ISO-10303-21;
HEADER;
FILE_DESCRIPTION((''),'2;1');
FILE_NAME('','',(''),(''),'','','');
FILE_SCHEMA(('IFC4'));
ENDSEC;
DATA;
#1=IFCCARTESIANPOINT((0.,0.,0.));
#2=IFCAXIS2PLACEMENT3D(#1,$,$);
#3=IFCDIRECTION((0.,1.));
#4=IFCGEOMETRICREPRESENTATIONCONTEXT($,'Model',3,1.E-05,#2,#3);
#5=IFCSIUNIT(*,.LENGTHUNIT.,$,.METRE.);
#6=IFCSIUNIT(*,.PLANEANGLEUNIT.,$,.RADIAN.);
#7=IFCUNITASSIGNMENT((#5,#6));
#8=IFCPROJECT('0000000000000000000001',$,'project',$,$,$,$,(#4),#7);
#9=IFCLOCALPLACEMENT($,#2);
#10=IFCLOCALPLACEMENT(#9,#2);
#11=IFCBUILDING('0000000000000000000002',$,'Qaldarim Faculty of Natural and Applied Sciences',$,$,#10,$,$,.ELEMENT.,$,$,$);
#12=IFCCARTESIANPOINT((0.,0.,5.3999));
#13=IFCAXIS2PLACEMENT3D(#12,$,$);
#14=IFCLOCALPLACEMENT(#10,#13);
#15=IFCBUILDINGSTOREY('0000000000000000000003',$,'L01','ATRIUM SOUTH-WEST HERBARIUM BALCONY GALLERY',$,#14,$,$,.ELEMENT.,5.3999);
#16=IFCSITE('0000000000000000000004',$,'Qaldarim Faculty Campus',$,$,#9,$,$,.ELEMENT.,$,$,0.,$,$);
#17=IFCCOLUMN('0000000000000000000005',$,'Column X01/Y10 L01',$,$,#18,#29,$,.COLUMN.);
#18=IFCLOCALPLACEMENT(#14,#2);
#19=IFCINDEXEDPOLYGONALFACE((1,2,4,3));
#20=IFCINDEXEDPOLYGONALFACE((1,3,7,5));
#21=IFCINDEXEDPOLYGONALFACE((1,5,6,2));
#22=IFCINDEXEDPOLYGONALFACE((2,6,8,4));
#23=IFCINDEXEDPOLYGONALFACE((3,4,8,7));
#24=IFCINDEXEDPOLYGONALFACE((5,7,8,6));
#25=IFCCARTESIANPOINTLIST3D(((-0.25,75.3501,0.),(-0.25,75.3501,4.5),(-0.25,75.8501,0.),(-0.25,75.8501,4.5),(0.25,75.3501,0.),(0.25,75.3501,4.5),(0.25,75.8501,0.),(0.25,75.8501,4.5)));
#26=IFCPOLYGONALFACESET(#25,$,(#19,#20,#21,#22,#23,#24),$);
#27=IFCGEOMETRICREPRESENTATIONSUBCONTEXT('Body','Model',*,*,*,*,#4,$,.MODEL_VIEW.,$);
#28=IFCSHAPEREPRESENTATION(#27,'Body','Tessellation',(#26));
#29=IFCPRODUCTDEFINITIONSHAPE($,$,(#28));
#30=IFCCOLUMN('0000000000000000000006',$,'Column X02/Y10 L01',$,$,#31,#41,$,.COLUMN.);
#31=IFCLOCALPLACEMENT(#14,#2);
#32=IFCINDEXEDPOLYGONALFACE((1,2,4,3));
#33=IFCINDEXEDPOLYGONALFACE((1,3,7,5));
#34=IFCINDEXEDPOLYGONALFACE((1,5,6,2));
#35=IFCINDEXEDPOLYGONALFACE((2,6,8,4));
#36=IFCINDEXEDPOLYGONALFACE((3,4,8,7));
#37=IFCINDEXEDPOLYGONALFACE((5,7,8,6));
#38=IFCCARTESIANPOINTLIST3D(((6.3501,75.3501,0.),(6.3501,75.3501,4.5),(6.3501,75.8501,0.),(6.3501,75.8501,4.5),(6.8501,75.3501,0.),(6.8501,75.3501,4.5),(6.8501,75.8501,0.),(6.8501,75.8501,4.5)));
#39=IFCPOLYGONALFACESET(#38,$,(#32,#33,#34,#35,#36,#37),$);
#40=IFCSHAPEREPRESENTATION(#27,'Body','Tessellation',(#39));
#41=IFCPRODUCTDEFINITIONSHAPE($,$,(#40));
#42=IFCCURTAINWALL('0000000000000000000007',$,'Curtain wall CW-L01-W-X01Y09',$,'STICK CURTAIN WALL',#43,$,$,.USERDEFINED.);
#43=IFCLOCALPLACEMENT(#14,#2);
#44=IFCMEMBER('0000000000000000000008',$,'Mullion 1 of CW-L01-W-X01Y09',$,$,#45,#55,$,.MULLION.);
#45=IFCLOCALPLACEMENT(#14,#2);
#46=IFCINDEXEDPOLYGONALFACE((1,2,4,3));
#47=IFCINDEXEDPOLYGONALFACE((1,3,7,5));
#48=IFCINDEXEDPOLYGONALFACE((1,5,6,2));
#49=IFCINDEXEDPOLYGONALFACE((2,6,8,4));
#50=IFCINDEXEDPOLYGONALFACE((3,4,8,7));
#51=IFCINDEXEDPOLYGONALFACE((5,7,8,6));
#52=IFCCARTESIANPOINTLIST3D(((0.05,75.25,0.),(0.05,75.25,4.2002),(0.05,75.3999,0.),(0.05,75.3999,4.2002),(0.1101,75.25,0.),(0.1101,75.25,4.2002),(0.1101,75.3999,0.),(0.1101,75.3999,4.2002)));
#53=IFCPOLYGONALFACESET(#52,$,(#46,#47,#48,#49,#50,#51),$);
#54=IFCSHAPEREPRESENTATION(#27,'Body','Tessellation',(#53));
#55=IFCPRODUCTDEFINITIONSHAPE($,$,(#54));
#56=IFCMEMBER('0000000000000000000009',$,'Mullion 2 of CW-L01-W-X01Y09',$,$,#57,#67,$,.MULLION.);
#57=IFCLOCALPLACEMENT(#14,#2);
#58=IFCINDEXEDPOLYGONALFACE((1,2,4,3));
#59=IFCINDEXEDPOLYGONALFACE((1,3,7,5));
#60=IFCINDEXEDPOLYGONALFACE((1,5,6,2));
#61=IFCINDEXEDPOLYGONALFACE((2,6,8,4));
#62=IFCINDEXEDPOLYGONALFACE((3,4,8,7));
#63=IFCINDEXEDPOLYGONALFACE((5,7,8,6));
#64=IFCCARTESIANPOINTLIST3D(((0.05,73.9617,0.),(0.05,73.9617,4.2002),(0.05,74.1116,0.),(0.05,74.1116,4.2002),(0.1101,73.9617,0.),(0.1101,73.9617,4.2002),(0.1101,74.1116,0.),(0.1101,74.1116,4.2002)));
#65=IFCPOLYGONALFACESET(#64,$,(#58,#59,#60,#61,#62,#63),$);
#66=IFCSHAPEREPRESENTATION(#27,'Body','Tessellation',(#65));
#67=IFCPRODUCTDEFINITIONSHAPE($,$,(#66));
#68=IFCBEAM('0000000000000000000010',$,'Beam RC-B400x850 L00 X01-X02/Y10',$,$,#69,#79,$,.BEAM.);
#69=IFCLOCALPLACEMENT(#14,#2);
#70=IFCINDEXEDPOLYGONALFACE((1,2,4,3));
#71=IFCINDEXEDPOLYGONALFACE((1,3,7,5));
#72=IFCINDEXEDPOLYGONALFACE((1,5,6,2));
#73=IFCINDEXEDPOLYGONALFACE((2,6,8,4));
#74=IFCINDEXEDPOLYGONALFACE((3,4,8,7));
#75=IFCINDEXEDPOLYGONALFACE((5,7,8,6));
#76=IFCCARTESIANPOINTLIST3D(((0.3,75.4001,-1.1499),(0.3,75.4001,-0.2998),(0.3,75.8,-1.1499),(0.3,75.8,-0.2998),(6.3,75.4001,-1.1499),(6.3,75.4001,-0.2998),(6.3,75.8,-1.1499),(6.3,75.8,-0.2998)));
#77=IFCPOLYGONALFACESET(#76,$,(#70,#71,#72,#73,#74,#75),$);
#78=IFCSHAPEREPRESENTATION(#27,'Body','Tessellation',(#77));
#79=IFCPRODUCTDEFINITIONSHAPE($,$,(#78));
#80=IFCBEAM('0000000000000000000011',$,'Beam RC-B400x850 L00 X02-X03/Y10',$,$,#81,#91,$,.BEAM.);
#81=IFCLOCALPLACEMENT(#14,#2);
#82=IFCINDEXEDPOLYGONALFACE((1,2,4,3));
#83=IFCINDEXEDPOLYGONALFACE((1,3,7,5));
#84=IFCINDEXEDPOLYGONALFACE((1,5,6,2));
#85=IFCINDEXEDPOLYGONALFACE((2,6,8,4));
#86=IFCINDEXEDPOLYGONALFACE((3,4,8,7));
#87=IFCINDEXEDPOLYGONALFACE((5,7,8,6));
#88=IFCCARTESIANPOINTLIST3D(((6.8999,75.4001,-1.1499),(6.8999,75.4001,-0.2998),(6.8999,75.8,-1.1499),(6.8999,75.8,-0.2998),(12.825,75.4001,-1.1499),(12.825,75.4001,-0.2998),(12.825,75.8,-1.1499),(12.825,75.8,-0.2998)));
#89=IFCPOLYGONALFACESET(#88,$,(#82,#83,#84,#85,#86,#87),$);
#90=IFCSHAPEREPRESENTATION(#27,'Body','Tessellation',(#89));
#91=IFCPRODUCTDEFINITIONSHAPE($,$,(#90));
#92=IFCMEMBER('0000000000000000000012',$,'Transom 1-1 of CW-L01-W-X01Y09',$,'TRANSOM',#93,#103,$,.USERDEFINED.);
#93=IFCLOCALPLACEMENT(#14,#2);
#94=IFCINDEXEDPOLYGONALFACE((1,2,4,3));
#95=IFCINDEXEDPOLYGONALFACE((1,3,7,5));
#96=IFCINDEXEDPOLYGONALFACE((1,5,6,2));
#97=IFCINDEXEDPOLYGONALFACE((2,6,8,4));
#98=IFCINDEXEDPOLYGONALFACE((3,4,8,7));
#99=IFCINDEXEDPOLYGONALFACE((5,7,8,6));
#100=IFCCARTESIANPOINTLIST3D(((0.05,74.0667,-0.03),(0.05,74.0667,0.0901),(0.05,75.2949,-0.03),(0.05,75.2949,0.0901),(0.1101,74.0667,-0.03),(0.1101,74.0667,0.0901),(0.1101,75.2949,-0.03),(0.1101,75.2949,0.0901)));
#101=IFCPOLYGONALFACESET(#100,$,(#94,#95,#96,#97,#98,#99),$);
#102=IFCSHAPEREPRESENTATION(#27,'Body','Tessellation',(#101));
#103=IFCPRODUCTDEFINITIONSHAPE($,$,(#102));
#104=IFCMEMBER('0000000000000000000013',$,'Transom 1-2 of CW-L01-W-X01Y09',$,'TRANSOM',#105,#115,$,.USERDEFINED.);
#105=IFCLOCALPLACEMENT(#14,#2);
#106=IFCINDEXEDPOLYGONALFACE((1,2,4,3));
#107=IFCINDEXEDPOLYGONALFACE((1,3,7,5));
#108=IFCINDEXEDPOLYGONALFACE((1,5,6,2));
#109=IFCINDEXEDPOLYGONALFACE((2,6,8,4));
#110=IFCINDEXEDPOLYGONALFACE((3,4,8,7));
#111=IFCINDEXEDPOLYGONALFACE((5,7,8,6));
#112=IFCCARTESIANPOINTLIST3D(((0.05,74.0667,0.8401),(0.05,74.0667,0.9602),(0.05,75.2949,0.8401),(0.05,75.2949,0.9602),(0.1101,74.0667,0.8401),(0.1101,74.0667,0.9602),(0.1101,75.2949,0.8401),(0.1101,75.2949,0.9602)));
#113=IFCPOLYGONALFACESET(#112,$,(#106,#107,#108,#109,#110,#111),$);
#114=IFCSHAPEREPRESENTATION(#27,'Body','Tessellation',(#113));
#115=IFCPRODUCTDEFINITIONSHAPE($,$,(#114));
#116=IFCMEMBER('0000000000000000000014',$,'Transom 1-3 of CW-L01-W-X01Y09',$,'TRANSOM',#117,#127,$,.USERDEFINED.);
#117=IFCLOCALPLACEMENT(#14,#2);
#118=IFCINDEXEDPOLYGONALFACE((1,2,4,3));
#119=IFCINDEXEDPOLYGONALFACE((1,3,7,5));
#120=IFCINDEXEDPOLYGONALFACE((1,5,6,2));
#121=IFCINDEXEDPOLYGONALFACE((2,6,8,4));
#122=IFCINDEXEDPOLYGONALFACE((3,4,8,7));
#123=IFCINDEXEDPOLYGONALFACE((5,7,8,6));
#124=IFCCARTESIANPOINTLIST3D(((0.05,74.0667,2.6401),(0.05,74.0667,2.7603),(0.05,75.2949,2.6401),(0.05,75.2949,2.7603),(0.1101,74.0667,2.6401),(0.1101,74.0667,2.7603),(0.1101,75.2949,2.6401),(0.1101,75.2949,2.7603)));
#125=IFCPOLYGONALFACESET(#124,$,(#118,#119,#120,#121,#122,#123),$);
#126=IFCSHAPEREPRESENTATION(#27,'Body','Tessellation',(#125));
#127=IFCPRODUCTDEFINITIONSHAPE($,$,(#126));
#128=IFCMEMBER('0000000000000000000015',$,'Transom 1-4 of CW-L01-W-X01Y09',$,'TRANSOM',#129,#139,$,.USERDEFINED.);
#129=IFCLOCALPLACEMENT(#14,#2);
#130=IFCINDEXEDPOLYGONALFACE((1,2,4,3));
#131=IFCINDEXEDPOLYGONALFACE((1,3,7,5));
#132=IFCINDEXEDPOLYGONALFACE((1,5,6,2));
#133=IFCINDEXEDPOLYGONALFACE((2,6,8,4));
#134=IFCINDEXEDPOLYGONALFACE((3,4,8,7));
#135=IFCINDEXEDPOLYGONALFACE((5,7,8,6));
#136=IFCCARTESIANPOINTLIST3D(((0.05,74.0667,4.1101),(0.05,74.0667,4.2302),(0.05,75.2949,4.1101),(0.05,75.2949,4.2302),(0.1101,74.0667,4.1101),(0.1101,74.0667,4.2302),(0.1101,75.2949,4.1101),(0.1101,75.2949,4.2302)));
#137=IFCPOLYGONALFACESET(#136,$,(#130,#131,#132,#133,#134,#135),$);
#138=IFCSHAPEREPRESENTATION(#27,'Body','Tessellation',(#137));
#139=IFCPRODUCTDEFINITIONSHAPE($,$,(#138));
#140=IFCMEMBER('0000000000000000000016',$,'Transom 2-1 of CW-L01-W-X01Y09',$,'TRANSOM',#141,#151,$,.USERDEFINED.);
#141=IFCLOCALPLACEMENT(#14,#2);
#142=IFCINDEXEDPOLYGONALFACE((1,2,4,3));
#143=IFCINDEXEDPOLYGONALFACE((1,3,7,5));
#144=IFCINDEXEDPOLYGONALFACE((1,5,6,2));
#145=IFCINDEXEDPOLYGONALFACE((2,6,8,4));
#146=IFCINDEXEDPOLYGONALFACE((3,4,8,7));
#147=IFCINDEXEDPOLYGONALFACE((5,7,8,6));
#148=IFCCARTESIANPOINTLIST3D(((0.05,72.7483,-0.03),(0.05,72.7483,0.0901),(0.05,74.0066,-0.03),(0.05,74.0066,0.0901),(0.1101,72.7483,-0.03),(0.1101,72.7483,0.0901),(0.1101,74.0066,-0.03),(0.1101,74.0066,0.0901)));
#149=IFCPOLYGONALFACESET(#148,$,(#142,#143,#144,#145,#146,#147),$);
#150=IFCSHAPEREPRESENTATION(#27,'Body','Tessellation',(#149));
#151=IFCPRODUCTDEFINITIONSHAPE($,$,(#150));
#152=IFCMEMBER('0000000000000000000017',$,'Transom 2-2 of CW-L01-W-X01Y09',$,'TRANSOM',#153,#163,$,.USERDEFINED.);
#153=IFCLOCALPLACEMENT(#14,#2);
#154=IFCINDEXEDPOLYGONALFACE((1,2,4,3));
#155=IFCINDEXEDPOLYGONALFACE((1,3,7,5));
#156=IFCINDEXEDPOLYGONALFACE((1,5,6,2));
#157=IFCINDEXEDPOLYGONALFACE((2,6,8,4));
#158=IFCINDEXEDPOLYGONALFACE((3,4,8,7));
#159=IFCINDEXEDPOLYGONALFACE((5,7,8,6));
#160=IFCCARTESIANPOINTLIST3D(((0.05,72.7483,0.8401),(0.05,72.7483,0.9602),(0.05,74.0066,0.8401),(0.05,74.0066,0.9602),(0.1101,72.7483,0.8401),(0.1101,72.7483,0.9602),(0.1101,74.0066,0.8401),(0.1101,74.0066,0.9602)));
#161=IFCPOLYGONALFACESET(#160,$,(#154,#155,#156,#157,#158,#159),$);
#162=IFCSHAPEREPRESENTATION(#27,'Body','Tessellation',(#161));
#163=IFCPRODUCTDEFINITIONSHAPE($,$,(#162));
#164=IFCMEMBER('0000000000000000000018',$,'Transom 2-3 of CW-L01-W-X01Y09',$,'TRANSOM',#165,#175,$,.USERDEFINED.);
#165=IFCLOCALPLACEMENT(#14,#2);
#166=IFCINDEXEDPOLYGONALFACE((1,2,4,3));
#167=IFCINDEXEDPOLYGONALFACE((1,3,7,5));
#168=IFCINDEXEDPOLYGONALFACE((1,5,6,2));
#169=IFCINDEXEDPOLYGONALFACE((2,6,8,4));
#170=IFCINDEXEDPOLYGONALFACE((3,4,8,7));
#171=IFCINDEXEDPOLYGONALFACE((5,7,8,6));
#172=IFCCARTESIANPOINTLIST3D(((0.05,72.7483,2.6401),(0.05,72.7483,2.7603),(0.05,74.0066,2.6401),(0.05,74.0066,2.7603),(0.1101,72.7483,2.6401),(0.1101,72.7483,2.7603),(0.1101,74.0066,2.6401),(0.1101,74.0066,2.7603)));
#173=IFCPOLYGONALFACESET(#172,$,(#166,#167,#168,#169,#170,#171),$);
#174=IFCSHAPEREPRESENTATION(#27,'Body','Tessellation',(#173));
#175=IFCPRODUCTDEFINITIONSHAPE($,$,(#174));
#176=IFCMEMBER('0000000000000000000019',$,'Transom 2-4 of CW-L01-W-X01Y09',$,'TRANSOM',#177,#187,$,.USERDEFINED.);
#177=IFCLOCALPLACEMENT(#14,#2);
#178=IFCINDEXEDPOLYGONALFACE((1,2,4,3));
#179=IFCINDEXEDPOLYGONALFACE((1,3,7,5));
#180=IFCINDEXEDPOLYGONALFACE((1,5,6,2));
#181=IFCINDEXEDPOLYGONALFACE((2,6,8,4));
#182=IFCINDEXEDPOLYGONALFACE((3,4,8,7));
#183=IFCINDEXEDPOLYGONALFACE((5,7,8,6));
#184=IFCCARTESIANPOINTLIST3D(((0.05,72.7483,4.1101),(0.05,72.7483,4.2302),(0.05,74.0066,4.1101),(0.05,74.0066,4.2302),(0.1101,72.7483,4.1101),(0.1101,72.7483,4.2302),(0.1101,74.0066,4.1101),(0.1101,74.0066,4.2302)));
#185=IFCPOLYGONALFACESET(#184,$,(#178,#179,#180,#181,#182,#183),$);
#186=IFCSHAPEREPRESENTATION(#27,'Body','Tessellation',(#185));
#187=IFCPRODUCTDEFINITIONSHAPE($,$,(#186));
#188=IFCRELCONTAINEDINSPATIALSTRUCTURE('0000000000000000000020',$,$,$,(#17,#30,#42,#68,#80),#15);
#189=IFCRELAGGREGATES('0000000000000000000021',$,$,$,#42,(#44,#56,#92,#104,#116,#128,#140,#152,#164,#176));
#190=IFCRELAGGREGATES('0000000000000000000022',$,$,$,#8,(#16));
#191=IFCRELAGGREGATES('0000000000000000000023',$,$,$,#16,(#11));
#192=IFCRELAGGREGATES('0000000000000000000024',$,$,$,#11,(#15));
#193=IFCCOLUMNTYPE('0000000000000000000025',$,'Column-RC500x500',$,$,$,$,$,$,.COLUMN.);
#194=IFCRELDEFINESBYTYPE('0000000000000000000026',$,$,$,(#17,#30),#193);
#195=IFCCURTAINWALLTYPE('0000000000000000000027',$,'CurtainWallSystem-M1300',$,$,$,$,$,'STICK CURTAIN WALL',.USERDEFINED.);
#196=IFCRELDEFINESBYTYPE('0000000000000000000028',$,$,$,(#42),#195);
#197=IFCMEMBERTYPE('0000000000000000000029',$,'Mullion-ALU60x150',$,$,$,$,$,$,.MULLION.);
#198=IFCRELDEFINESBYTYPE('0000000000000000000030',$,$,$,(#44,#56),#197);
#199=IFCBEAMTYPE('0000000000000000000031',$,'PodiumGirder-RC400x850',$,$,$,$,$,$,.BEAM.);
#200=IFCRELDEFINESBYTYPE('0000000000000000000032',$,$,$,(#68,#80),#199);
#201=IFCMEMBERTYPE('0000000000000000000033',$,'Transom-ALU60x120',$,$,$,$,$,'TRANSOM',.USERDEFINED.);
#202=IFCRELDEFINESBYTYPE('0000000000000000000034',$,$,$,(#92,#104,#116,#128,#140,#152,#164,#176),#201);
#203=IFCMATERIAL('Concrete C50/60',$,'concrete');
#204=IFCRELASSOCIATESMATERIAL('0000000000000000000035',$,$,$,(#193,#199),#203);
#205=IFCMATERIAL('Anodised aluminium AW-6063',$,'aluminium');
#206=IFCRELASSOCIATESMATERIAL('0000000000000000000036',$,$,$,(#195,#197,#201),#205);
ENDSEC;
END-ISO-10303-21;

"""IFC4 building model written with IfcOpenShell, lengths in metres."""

from ifc_helpers import new_model, si_unit, direction, frame, origin, origin_2d, place, context, subcontext, project, spatial, rectangle, extrude, material, material_profile, profile_set, type_object, element, aggregate, save


model = new_model("IFC4")

# Units and contexts
model_context = context("Model", 3, precision=1e-05, world=origin(), true_north=direction((0.0, 1.0)))
body_context = subcontext(model_context, "Body", "Model", "MODEL_VIEW")
ifc_project = project(units=[si_unit("LENGTHUNIT", "METRE"), si_unit("PLANEANGLEUNIT", "RADIAN")], contexts=[model_context])

# Site, building, storey
site_placement = place(None, origin())
site = spatial("IfcSite", under=ifc_project, at=site_placement, Name="Qaldarim Faculty Campus", CompositionType="ELEMENT", RefElevation=0.0)
building_placement = place(site_placement, origin())
building = spatial("IfcBuilding", under=site, at=building_placement, Name="Qaldarim Faculty of Natural and Applied Sciences", CompositionType="ELEMENT")
storey_placement = place(building_placement, frame((0.0, 0.0, 5.3999)))
storey = spatial("IfcBuildingStorey", under=building, at=storey_placement, Name="L01", Description="ATRIUM SOUTH-WEST HERBARIUM BALCONY GALLERY", CompositionType="ELEMENT", Elevation=5.3999)

# Columns
ifc_material_1 = material(Name="Concrete C50/60", Category="concrete")
ifc_material_profile_1 = material_profile(ifc_material_1, rectangle(XDim=0.5, YDim=0.5, at=origin_2d()), Name="RC-C500x500")
ifc_profile_set_1 = profile_set([ifc_material_profile_1], Name="Concrete C50/60")
column_type = type_object("IfcColumnType", Name="Column-RC500x500", PredefinedType="COLUMN", material=ifc_profile_set_1)
for number, where, z_axis, x_axis, name in (
    (1, (0.0, 75.6001, 0.0), (0.0, 0.0, 1.0), (1.0, 0.0, 0.0), "Column X01/Y10 L01"),
    (2, (6.6001, 75.6001, 0.0), (0.0, 0.0, 1.0), (1.0, 0.0, 0.0), "Column X02/Y10 L01"),
):
    element("IfcColumn", number, at=place(storey_placement, frame(where, z_axis=z_axis, x_axis=x_axis)), inside=storey, type_object=column_type, Name=name, PredefinedType="COLUMN", context=body_context, shape_type="SweptSolid", body=[
        extrude(rectangle(XDim=0.5, YDim=0.5, at=origin_2d()), origin(), (0.0, 0.0, 1.0), 4.5),
    ])

# Curtain wall, members
ifc_material_2 = material(Name="Anodised aluminium AW-6063", Category="aluminium")
curtain_wall_type = type_object("IfcCurtainWallType", Name="CurtainWallSystem-M1300", ElementType="STICK CURTAIN WALL", PredefinedType="USERDEFINED", material=ifc_material_2)
curtain_wall_placement = place(storey_placement, origin())
curtain_wall = element("IfcCurtainWall", 3, at=curtain_wall_placement, inside=storey, type_object=curtain_wall_type, Name="Curtain wall CW-L01-W-X01Y09", ObjectType="STICK CURTAIN WALL", PredefinedType="USERDEFINED")
ifc_material_profile_2 = material_profile(ifc_material_2, rectangle(XDim=0.0601, YDim=0.1499, at=origin_2d()), Name="ALU-M60x150")
ifc_profile_set_2 = profile_set([ifc_material_profile_2], Name="Anodised aluminium AW-6063")
member_type_1 = type_object("IfcMemberType", Name="Mullion-ALU60x150", PredefinedType="MULLION", material=ifc_profile_set_2)
member_1_placement = place(storey_placement, frame((0.0801, 75.325, 0.0), z_axis=(0.0, 0.0, 1.0), x_axis=(1.0, 0.0, 0.0)))
member_1 = element("IfcMember", 4, at=member_1_placement, type_object=member_type_1, Name="Mullion 1 of CW-L01-W-X01Y09", PredefinedType="MULLION", context=body_context, shape_type="SweptSolid", body=[
    extrude(rectangle(XDim=0.0601, YDim=0.1499, at=origin_2d()), origin(), (0.0, 0.0, 1.0), 4.2002),
])
member_2_placement = place(storey_placement, frame((0.0801, 74.0366, 0.0), z_axis=(0.0, 0.0, 1.0), x_axis=(1.0, 0.0, 0.0)))
member_2 = element("IfcMember", 5, at=member_2_placement, type_object=member_type_1, Name="Mullion 2 of CW-L01-W-X01Y09", PredefinedType="MULLION", context=body_context, shape_type="SweptSolid", body=[
    extrude(rectangle(XDim=0.0601, YDim=0.1499, at=origin_2d()), origin(), (0.0, 0.0, 1.0), 4.2002),
])

# Beams
ifc_material_profile_3 = material_profile(ifc_material_1, rectangle(XDim=0.3999, YDim=0.8501, at=origin_2d()), Name="RC-B400x850")
ifc_profile_set_3 = profile_set([ifc_material_profile_3], Name="Concrete C50/60")
beam_type = type_object("IfcBeamType", Name="PodiumGirder-RC400x850", PredefinedType="BEAM", material=ifc_profile_set_3)
beam_1_placement = place(storey_placement, frame((0.3, 75.6001, -0.7249), z_axis=(1.0, 0.0, 0.0), x_axis=(0.0, 1.0, 0.0)))
element("IfcBeam", 6, at=beam_1_placement, inside=storey, type_object=beam_type, Name="Beam RC-B400x850 L00 X01-X02/Y10", PredefinedType="BEAM", context=body_context, shape_type="SweptSolid", body=[
    extrude(rectangle(XDim=0.3999, YDim=0.8501, at=origin_2d()), origin(), (0.0, 0.0, 1.0), 6.0),
])
beam_2_placement = place(storey_placement, frame((6.8999, 75.6001, -0.7249), z_axis=(1.0, 0.0, 0.0), x_axis=(0.0, 1.0, 0.0)))
element("IfcBeam", 7, at=beam_2_placement, inside=storey, type_object=beam_type, Name="Beam RC-B400x850 L00 X02-X03/Y10", PredefinedType="BEAM", context=body_context, shape_type="SweptSolid", body=[
    extrude(rectangle(XDim=0.3999, YDim=0.8501, at=origin_2d()), origin(), (0.0, 0.0, 1.0), 5.925),
])

# Members
ifc_material_profile_4 = material_profile(ifc_material_2, rectangle(XDim=0.0601, YDim=0.1201, at=origin_2d()), Name="ALU-T60x120")
ifc_profile_set_4 = profile_set([ifc_material_profile_4], Name="Anodised aluminium AW-6063")
member_type_2 = type_object("IfcMemberType", Name="Transom-ALU60x120", ElementType="TRANSOM", PredefinedType="USERDEFINED", material=ifc_profile_set_4)
member_3_placement = place(storey_placement, frame((0.0801, 75.2949, 0.03), z_axis=(0.0, -1.0, 0.0), x_axis=(1.0, 0.0, 0.0)))
member_3 = element("IfcMember", 8, at=member_3_placement, type_object=member_type_2, Name="Transom 1-1 of CW-L01-W-X01Y09", ObjectType="TRANSOM", PredefinedType="USERDEFINED", context=body_context, shape_type="SweptSolid", body=[
    extrude(rectangle(XDim=0.0601, YDim=0.1201, at=origin_2d()), origin(), (0.0, 0.0, 1.0), 1.2283),
])
member_4_placement = place(storey_placement, frame((0.0801, 75.2949, 0.9001), z_axis=(0.0, -1.0, 0.0), x_axis=(1.0, 0.0, 0.0)))
member_4 = element("IfcMember", 9, at=member_4_placement, type_object=member_type_2, Name="Transom 1-2 of CW-L01-W-X01Y09", ObjectType="TRANSOM", PredefinedType="USERDEFINED", context=body_context, shape_type="SweptSolid", body=[
    extrude(rectangle(XDim=0.0601, YDim=0.1201, at=origin_2d()), origin(), (0.0, 0.0, 1.0), 1.2283),
])
member_5_placement = place(storey_placement, frame((0.0801, 75.2949, 2.7002), z_axis=(0.0, -1.0, 0.0), x_axis=(1.0, 0.0, 0.0)))
member_5 = element("IfcMember", 10, at=member_5_placement, type_object=member_type_2, Name="Transom 1-3 of CW-L01-W-X01Y09", ObjectType="TRANSOM", PredefinedType="USERDEFINED", context=body_context, shape_type="SweptSolid", body=[
    extrude(rectangle(XDim=0.0601, YDim=0.1201, at=origin_2d()), origin(), (0.0, 0.0, 1.0), 1.2283),
])
member_6_placement = place(storey_placement, frame((0.0801, 75.2949, 4.1702), z_axis=(0.0, -1.0, 0.0), x_axis=(1.0, 0.0, 0.0)))
member_6 = element("IfcMember", 11, at=member_6_placement, type_object=member_type_2, Name="Transom 1-4 of CW-L01-W-X01Y09", ObjectType="TRANSOM", PredefinedType="USERDEFINED", context=body_context, shape_type="SweptSolid", body=[
    extrude(rectangle(XDim=0.0601, YDim=0.1201, at=origin_2d()), origin(), (0.0, 0.0, 1.0), 1.2283),
])
member_7_placement = place(storey_placement, frame((0.0801, 74.0066, 0.03), z_axis=(0.0, -1.0, 0.0), x_axis=(1.0, 0.0, 0.0)))
member_7 = element("IfcMember", 12, at=member_7_placement, type_object=member_type_2, Name="Transom 2-1 of CW-L01-W-X01Y09", ObjectType="TRANSOM", PredefinedType="USERDEFINED", context=body_context, shape_type="SweptSolid", body=[
    extrude(rectangle(XDim=0.0601, YDim=0.1201, at=origin_2d()), origin(), (0.0, 0.0, 1.0), 1.2583),
])
member_8_placement = place(storey_placement, frame((0.0801, 74.0066, 0.9001), z_axis=(0.0, -1.0, 0.0), x_axis=(1.0, 0.0, 0.0)))
member_8 = element("IfcMember", 13, at=member_8_placement, type_object=member_type_2, Name="Transom 2-2 of CW-L01-W-X01Y09", ObjectType="TRANSOM", PredefinedType="USERDEFINED", context=body_context, shape_type="SweptSolid", body=[
    extrude(rectangle(XDim=0.0601, YDim=0.1201, at=origin_2d()), origin(), (0.0, 0.0, 1.0), 1.2583),
])
member_9_placement = place(storey_placement, frame((0.0801, 74.0066, 2.7002), z_axis=(0.0, -1.0, 0.0), x_axis=(1.0, 0.0, 0.0)))
member_9 = element("IfcMember", 14, at=member_9_placement, type_object=member_type_2, Name="Transom 2-3 of CW-L01-W-X01Y09", ObjectType="TRANSOM", PredefinedType="USERDEFINED", context=body_context, shape_type="SweptSolid", body=[
    extrude(rectangle(XDim=0.0601, YDim=0.1201, at=origin_2d()), origin(), (0.0, 0.0, 1.0), 1.2583),
])
member_10_placement = place(storey_placement, frame((0.0801, 74.0066, 4.1702), z_axis=(0.0, -1.0, 0.0), x_axis=(1.0, 0.0, 0.0)))
member_10 = element("IfcMember", 15, at=member_10_placement, type_object=member_type_2, Name="Transom 2-4 of CW-L01-W-X01Y09", ObjectType="TRANSOM", PredefinedType="USERDEFINED", context=body_context, shape_type="SweptSolid", body=[
    extrude(rectangle(XDim=0.0601, YDim=0.1201, at=origin_2d()), origin(), (0.0, 0.0, 1.0), 1.2583),
])

aggregate(curtain_wall, [member_1, member_2, member_3, member_4, member_5, member_6, member_7, member_8, member_9, member_10])

save(model, "model.ifc")
